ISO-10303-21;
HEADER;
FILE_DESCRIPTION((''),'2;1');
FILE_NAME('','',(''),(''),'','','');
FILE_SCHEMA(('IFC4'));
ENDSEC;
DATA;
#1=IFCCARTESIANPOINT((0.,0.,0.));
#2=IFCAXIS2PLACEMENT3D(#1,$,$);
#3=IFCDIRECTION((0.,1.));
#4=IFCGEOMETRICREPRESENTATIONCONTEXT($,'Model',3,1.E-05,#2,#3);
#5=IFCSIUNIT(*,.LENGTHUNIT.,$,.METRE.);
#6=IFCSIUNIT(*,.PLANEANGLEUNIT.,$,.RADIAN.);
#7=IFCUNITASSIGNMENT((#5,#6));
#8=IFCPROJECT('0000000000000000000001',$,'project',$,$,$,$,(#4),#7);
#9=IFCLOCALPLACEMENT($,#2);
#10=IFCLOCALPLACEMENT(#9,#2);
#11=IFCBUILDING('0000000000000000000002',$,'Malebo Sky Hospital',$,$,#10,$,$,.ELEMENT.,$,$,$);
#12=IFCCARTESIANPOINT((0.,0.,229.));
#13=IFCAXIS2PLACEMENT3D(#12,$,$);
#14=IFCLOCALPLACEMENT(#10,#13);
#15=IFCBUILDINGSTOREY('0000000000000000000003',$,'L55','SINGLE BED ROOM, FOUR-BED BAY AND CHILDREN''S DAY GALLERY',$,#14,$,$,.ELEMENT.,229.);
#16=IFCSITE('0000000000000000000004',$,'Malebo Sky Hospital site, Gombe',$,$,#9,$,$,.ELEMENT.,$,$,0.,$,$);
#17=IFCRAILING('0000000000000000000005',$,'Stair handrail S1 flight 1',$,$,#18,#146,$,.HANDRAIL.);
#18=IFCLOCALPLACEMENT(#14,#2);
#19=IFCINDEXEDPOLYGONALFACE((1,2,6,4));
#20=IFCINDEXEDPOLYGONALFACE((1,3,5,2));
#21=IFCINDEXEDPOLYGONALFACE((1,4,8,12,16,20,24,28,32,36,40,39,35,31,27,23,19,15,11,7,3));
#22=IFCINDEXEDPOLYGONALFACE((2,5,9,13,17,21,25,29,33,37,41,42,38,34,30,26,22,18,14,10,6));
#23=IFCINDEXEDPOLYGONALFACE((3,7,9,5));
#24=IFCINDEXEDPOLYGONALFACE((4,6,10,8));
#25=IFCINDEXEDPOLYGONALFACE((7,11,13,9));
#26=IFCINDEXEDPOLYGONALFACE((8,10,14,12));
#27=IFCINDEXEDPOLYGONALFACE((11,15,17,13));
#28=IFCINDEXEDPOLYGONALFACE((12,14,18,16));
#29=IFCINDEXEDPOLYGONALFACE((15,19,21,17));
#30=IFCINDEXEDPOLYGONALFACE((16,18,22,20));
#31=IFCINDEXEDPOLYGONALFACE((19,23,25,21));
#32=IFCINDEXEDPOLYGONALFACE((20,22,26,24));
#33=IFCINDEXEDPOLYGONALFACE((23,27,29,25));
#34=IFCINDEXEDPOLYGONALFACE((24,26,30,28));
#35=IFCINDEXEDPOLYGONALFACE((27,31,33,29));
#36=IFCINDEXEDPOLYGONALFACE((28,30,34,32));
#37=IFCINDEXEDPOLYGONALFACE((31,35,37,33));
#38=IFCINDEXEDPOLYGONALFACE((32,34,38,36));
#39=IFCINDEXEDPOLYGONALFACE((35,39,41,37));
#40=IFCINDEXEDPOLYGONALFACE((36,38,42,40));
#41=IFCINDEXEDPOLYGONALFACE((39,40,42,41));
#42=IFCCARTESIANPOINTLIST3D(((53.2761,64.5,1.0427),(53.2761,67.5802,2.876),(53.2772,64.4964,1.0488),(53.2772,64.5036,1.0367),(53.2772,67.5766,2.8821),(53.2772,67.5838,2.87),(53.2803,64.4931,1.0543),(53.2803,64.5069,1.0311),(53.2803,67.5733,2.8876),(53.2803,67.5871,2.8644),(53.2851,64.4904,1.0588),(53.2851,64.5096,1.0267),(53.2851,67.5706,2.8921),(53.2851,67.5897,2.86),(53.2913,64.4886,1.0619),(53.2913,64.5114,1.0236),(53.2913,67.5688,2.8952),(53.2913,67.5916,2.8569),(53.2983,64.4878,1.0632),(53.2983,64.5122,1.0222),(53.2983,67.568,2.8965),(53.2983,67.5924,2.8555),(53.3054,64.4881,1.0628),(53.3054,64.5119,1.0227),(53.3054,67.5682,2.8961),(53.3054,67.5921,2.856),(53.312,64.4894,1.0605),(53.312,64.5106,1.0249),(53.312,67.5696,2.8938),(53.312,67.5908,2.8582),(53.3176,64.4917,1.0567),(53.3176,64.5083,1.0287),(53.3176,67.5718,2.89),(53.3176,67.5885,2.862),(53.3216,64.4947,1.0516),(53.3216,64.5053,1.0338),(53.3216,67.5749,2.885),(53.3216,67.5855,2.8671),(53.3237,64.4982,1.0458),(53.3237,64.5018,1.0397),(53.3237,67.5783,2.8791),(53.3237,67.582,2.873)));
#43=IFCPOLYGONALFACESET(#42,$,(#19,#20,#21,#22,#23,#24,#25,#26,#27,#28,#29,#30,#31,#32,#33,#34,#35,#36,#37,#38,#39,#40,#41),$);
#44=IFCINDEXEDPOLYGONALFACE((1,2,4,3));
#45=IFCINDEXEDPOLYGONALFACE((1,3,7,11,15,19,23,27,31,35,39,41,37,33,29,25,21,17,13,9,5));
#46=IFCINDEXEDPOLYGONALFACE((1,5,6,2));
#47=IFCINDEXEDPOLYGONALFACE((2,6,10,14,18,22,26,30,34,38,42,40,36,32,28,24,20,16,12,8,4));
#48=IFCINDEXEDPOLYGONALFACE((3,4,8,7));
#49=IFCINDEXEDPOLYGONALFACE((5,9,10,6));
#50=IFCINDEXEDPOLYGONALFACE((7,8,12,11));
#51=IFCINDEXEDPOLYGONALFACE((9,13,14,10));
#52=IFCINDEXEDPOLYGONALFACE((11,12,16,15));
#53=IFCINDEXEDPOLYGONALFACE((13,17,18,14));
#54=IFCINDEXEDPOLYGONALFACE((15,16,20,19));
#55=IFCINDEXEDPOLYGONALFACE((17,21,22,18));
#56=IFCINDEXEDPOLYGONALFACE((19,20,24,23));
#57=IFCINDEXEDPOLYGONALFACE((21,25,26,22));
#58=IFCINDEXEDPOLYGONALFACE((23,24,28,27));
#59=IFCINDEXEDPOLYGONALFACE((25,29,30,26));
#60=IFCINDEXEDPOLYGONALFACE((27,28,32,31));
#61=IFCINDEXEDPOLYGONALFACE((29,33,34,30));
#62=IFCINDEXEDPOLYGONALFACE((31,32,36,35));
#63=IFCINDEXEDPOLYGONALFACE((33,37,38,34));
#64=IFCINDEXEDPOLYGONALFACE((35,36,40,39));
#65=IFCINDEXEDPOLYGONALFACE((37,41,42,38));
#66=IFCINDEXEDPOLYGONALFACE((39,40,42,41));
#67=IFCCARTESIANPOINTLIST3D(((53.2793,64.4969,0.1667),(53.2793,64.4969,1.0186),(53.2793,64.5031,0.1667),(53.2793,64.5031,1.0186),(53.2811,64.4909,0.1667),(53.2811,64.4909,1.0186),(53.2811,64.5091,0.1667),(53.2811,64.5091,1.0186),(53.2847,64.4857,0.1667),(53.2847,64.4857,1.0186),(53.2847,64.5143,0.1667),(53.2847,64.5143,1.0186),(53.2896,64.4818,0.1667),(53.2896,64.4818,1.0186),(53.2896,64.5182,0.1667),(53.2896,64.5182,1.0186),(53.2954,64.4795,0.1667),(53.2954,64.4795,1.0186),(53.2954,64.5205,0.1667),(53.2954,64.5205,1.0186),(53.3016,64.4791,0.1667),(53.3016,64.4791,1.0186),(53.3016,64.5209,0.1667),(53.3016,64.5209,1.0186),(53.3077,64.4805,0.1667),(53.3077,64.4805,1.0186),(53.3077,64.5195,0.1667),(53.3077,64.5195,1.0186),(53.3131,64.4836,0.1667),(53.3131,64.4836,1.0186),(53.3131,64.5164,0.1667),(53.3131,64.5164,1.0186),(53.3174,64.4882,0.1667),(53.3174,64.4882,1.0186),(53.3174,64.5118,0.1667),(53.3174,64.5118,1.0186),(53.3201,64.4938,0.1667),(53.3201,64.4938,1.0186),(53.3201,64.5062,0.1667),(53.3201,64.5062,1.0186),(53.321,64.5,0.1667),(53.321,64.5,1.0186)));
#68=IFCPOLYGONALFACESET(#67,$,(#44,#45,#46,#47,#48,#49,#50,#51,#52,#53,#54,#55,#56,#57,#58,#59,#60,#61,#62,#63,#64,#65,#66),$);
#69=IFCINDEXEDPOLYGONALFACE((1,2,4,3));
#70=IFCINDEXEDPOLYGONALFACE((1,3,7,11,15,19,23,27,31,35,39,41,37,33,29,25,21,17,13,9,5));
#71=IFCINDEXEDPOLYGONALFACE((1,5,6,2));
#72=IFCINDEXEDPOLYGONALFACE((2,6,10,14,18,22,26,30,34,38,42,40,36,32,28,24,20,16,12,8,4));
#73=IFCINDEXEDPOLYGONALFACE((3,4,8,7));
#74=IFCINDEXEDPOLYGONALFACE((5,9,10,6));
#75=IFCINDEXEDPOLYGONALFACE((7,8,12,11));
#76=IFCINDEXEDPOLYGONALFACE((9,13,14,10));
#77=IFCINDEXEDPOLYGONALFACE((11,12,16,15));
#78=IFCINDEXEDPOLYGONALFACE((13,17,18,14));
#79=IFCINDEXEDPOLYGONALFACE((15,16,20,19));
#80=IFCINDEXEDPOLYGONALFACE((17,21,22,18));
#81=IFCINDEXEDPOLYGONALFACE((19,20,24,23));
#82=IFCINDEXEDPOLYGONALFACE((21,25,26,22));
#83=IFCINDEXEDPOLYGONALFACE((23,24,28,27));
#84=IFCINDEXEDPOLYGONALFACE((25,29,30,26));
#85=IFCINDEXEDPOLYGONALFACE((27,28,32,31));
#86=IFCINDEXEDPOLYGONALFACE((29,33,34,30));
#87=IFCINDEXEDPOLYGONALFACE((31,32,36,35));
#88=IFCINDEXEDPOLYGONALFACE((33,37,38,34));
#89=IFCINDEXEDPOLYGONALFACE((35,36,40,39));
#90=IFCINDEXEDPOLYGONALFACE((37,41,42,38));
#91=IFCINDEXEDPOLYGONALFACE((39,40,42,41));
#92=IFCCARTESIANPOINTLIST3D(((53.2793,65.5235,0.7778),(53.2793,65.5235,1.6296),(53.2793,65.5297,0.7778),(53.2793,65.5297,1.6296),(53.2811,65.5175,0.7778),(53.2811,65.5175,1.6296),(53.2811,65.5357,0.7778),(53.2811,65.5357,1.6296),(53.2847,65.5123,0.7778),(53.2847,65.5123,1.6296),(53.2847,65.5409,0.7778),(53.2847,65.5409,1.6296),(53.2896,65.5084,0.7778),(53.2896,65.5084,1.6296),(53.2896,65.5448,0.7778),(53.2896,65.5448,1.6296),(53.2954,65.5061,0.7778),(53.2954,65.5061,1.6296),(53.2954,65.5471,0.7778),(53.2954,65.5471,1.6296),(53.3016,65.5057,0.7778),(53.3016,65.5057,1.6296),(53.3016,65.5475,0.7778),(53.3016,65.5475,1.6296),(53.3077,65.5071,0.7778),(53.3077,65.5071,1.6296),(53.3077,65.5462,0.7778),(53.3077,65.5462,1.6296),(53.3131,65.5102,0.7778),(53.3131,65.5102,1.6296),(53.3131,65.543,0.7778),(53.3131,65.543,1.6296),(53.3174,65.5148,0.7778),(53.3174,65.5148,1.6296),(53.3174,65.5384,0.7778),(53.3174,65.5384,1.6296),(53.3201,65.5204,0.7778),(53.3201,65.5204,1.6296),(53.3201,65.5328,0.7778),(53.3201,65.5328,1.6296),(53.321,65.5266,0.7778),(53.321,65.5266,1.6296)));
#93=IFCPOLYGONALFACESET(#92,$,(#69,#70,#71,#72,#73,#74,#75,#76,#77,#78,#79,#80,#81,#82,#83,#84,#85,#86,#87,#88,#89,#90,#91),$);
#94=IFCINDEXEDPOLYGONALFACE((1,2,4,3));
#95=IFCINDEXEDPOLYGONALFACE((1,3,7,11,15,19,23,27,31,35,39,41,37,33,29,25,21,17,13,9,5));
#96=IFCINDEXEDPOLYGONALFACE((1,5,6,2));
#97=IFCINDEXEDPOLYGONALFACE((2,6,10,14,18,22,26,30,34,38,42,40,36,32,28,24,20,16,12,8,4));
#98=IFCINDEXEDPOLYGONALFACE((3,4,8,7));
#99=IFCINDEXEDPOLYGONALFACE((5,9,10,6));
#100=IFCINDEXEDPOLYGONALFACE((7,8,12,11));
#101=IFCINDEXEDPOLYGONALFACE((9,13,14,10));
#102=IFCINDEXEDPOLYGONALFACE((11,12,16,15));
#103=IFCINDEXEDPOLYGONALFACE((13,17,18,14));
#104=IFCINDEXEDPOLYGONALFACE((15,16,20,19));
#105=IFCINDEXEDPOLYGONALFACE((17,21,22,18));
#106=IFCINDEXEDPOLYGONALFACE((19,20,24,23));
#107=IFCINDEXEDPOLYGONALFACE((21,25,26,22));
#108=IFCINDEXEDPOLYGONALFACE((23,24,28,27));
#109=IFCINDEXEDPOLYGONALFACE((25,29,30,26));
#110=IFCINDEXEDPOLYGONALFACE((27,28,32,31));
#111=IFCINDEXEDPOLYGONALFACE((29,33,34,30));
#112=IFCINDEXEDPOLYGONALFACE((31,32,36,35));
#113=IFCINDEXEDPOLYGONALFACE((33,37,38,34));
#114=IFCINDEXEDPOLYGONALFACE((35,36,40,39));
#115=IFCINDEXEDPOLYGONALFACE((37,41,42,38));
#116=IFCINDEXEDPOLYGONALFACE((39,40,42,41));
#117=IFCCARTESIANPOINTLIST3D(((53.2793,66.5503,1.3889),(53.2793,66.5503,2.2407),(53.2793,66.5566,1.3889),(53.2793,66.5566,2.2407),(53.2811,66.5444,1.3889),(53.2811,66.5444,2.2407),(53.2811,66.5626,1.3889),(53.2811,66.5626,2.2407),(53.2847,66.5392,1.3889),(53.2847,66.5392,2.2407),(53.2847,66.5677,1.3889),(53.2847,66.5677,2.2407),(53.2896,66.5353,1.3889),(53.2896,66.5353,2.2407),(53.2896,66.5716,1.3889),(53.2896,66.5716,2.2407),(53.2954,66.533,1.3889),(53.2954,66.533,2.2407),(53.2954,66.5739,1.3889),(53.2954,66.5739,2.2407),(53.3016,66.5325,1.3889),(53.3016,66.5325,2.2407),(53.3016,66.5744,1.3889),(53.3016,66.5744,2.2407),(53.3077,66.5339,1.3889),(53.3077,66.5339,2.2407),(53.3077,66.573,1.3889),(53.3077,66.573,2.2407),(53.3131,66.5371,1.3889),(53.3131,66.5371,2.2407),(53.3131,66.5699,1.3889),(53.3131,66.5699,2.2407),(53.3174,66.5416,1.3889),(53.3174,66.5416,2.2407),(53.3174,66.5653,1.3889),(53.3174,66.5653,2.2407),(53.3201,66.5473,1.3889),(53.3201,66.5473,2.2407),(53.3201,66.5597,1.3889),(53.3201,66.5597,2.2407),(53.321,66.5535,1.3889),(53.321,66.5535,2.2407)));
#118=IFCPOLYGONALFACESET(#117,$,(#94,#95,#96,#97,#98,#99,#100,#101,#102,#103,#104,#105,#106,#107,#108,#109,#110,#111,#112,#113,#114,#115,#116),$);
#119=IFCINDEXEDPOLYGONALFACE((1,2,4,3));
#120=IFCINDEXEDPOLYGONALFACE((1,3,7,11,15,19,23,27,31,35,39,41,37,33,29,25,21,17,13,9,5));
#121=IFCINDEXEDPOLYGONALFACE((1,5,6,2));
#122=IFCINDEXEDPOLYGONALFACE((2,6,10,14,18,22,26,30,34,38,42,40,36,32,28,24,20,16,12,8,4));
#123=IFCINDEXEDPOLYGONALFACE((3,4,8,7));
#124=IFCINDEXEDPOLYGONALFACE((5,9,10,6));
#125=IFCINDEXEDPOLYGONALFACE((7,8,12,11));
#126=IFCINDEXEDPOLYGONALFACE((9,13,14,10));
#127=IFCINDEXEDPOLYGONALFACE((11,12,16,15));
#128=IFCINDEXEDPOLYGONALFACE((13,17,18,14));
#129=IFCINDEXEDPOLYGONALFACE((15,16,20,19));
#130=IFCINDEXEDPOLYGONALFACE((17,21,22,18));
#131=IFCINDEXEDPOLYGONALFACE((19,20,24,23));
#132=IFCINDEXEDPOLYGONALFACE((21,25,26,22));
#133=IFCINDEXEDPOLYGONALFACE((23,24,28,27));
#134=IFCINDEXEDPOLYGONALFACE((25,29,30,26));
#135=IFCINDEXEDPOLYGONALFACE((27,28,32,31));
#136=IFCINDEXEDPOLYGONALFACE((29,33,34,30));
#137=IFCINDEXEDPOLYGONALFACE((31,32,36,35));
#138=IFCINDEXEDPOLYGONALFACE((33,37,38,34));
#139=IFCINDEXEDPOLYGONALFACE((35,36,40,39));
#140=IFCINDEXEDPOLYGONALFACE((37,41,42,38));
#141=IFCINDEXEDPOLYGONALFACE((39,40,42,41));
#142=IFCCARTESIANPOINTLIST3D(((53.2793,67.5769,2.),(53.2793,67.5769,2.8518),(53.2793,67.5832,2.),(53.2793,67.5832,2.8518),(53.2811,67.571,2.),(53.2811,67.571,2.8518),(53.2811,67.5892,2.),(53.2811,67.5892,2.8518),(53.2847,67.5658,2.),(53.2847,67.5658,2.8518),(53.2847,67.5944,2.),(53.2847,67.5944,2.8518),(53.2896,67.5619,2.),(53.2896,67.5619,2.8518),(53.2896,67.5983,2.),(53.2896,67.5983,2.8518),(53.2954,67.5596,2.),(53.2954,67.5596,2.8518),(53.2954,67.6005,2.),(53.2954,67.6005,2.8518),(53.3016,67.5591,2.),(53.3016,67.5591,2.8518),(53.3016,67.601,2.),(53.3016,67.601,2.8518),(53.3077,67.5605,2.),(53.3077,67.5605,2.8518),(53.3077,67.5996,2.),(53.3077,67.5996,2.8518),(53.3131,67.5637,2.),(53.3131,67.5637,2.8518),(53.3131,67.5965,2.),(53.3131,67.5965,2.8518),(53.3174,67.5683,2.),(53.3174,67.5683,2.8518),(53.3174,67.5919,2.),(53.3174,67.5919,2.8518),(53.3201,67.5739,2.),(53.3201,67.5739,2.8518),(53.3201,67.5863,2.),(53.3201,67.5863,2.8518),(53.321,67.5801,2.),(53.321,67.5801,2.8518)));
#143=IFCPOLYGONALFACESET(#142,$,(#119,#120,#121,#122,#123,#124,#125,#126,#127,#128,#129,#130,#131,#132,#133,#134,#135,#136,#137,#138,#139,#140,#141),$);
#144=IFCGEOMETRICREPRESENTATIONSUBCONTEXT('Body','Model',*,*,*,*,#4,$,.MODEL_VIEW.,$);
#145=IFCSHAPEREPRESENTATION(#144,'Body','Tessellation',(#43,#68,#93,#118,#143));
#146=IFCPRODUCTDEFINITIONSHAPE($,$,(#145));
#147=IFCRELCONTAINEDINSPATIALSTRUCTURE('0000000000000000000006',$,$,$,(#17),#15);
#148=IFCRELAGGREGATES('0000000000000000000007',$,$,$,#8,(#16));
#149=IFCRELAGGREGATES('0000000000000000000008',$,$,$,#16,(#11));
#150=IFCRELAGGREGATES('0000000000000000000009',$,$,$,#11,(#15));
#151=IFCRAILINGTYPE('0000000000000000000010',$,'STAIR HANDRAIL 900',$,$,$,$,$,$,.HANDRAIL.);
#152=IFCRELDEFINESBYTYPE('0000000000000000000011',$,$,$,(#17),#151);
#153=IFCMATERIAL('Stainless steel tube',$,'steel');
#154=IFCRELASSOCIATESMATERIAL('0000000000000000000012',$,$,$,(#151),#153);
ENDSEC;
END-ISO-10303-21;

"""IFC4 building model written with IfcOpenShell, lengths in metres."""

from ifc_helpers import new_model, si_unit, direction, frame, origin, origin_2d, place, context, subcontext, project, spatial, circle, extrude, material, type_object, element, save


model = new_model("IFC4")

# Units and contexts
model_context = context("Model", 3, precision=1e-05, world=origin(), true_north=direction((0.0, 1.0)))
body_context = subcontext(model_context, "Body", "Model", "MODEL_VIEW")
ifc_project = project(units=[si_unit("LENGTHUNIT", "METRE"), si_unit("PLANEANGLEUNIT", "RADIAN")], contexts=[model_context])

# Site, building, storey
site_placement = place(None, origin())
site = spatial("IfcSite", under=ifc_project, at=site_placement, Name="Malebo Sky Hospital site, Gombe", CompositionType="ELEMENT", RefElevation=0.0)
building_placement = place(site_placement, origin())
building = spatial("IfcBuilding", under=site, at=building_placement, Name="Malebo Sky Hospital", CompositionType="ELEMENT")
storey_placement = place(building_placement, frame((0.0, 0.0, 229.0)))
storey = spatial("IfcBuildingStorey", under=building, at=storey_placement, Name="L55", Description="SINGLE BED ROOM, FOUR-BED BAY AND CHILDREN'S DAY GALLERY", CompositionType="ELEMENT", Elevation=229.0)

# Railing
ifc_material_1 = material(Name="Stainless steel tube", Category="steel")
railing_type = type_object("IfcRailingType", Name="STAIR HANDRAIL 900", PredefinedType="HANDRAIL", material=ifc_material_1)
railing_1_placement = place(storey_placement, frame((53.3, 64.5, 0.1667)))
element("IfcRailing", 1, at=railing_1_placement, inside=storey, type_object=railing_type, Name="Stair handrail S1 flight 1", PredefinedType="HANDRAIL", context=body_context, shape_type="SweptSolid", body=[
    extrude(circle(Radius=0.0239, at=origin_2d()), frame((0.0, 0.0, 0.876), z_axis=(0.0, 0.859309, 0.511458), x_axis=(-1.0, 0.0, 0.0)), (0.0, 0.0, 1.0), 3.5845),
    extrude(circle(Radius=0.021, at=origin_2d()), origin(), (0.0, 0.0, 1.0), 0.8518),
    extrude(circle(Radius=0.021, at=origin_2d()), frame((0.0, 1.0266, 0.6111)), (0.0, 0.0, 1.0), 0.8518),
    extrude(circle(Radius=0.021, at=origin_2d()), frame((0.0, 2.0535, 1.2222)), (0.0, 0.0, 1.0), 0.8518),
    extrude(circle(Radius=0.021, at=origin_2d()), frame((0.0, 3.0801, 1.8333)), (0.0, 0.0, 1.0), 0.8518),
])

save(model, "model.ifc")
